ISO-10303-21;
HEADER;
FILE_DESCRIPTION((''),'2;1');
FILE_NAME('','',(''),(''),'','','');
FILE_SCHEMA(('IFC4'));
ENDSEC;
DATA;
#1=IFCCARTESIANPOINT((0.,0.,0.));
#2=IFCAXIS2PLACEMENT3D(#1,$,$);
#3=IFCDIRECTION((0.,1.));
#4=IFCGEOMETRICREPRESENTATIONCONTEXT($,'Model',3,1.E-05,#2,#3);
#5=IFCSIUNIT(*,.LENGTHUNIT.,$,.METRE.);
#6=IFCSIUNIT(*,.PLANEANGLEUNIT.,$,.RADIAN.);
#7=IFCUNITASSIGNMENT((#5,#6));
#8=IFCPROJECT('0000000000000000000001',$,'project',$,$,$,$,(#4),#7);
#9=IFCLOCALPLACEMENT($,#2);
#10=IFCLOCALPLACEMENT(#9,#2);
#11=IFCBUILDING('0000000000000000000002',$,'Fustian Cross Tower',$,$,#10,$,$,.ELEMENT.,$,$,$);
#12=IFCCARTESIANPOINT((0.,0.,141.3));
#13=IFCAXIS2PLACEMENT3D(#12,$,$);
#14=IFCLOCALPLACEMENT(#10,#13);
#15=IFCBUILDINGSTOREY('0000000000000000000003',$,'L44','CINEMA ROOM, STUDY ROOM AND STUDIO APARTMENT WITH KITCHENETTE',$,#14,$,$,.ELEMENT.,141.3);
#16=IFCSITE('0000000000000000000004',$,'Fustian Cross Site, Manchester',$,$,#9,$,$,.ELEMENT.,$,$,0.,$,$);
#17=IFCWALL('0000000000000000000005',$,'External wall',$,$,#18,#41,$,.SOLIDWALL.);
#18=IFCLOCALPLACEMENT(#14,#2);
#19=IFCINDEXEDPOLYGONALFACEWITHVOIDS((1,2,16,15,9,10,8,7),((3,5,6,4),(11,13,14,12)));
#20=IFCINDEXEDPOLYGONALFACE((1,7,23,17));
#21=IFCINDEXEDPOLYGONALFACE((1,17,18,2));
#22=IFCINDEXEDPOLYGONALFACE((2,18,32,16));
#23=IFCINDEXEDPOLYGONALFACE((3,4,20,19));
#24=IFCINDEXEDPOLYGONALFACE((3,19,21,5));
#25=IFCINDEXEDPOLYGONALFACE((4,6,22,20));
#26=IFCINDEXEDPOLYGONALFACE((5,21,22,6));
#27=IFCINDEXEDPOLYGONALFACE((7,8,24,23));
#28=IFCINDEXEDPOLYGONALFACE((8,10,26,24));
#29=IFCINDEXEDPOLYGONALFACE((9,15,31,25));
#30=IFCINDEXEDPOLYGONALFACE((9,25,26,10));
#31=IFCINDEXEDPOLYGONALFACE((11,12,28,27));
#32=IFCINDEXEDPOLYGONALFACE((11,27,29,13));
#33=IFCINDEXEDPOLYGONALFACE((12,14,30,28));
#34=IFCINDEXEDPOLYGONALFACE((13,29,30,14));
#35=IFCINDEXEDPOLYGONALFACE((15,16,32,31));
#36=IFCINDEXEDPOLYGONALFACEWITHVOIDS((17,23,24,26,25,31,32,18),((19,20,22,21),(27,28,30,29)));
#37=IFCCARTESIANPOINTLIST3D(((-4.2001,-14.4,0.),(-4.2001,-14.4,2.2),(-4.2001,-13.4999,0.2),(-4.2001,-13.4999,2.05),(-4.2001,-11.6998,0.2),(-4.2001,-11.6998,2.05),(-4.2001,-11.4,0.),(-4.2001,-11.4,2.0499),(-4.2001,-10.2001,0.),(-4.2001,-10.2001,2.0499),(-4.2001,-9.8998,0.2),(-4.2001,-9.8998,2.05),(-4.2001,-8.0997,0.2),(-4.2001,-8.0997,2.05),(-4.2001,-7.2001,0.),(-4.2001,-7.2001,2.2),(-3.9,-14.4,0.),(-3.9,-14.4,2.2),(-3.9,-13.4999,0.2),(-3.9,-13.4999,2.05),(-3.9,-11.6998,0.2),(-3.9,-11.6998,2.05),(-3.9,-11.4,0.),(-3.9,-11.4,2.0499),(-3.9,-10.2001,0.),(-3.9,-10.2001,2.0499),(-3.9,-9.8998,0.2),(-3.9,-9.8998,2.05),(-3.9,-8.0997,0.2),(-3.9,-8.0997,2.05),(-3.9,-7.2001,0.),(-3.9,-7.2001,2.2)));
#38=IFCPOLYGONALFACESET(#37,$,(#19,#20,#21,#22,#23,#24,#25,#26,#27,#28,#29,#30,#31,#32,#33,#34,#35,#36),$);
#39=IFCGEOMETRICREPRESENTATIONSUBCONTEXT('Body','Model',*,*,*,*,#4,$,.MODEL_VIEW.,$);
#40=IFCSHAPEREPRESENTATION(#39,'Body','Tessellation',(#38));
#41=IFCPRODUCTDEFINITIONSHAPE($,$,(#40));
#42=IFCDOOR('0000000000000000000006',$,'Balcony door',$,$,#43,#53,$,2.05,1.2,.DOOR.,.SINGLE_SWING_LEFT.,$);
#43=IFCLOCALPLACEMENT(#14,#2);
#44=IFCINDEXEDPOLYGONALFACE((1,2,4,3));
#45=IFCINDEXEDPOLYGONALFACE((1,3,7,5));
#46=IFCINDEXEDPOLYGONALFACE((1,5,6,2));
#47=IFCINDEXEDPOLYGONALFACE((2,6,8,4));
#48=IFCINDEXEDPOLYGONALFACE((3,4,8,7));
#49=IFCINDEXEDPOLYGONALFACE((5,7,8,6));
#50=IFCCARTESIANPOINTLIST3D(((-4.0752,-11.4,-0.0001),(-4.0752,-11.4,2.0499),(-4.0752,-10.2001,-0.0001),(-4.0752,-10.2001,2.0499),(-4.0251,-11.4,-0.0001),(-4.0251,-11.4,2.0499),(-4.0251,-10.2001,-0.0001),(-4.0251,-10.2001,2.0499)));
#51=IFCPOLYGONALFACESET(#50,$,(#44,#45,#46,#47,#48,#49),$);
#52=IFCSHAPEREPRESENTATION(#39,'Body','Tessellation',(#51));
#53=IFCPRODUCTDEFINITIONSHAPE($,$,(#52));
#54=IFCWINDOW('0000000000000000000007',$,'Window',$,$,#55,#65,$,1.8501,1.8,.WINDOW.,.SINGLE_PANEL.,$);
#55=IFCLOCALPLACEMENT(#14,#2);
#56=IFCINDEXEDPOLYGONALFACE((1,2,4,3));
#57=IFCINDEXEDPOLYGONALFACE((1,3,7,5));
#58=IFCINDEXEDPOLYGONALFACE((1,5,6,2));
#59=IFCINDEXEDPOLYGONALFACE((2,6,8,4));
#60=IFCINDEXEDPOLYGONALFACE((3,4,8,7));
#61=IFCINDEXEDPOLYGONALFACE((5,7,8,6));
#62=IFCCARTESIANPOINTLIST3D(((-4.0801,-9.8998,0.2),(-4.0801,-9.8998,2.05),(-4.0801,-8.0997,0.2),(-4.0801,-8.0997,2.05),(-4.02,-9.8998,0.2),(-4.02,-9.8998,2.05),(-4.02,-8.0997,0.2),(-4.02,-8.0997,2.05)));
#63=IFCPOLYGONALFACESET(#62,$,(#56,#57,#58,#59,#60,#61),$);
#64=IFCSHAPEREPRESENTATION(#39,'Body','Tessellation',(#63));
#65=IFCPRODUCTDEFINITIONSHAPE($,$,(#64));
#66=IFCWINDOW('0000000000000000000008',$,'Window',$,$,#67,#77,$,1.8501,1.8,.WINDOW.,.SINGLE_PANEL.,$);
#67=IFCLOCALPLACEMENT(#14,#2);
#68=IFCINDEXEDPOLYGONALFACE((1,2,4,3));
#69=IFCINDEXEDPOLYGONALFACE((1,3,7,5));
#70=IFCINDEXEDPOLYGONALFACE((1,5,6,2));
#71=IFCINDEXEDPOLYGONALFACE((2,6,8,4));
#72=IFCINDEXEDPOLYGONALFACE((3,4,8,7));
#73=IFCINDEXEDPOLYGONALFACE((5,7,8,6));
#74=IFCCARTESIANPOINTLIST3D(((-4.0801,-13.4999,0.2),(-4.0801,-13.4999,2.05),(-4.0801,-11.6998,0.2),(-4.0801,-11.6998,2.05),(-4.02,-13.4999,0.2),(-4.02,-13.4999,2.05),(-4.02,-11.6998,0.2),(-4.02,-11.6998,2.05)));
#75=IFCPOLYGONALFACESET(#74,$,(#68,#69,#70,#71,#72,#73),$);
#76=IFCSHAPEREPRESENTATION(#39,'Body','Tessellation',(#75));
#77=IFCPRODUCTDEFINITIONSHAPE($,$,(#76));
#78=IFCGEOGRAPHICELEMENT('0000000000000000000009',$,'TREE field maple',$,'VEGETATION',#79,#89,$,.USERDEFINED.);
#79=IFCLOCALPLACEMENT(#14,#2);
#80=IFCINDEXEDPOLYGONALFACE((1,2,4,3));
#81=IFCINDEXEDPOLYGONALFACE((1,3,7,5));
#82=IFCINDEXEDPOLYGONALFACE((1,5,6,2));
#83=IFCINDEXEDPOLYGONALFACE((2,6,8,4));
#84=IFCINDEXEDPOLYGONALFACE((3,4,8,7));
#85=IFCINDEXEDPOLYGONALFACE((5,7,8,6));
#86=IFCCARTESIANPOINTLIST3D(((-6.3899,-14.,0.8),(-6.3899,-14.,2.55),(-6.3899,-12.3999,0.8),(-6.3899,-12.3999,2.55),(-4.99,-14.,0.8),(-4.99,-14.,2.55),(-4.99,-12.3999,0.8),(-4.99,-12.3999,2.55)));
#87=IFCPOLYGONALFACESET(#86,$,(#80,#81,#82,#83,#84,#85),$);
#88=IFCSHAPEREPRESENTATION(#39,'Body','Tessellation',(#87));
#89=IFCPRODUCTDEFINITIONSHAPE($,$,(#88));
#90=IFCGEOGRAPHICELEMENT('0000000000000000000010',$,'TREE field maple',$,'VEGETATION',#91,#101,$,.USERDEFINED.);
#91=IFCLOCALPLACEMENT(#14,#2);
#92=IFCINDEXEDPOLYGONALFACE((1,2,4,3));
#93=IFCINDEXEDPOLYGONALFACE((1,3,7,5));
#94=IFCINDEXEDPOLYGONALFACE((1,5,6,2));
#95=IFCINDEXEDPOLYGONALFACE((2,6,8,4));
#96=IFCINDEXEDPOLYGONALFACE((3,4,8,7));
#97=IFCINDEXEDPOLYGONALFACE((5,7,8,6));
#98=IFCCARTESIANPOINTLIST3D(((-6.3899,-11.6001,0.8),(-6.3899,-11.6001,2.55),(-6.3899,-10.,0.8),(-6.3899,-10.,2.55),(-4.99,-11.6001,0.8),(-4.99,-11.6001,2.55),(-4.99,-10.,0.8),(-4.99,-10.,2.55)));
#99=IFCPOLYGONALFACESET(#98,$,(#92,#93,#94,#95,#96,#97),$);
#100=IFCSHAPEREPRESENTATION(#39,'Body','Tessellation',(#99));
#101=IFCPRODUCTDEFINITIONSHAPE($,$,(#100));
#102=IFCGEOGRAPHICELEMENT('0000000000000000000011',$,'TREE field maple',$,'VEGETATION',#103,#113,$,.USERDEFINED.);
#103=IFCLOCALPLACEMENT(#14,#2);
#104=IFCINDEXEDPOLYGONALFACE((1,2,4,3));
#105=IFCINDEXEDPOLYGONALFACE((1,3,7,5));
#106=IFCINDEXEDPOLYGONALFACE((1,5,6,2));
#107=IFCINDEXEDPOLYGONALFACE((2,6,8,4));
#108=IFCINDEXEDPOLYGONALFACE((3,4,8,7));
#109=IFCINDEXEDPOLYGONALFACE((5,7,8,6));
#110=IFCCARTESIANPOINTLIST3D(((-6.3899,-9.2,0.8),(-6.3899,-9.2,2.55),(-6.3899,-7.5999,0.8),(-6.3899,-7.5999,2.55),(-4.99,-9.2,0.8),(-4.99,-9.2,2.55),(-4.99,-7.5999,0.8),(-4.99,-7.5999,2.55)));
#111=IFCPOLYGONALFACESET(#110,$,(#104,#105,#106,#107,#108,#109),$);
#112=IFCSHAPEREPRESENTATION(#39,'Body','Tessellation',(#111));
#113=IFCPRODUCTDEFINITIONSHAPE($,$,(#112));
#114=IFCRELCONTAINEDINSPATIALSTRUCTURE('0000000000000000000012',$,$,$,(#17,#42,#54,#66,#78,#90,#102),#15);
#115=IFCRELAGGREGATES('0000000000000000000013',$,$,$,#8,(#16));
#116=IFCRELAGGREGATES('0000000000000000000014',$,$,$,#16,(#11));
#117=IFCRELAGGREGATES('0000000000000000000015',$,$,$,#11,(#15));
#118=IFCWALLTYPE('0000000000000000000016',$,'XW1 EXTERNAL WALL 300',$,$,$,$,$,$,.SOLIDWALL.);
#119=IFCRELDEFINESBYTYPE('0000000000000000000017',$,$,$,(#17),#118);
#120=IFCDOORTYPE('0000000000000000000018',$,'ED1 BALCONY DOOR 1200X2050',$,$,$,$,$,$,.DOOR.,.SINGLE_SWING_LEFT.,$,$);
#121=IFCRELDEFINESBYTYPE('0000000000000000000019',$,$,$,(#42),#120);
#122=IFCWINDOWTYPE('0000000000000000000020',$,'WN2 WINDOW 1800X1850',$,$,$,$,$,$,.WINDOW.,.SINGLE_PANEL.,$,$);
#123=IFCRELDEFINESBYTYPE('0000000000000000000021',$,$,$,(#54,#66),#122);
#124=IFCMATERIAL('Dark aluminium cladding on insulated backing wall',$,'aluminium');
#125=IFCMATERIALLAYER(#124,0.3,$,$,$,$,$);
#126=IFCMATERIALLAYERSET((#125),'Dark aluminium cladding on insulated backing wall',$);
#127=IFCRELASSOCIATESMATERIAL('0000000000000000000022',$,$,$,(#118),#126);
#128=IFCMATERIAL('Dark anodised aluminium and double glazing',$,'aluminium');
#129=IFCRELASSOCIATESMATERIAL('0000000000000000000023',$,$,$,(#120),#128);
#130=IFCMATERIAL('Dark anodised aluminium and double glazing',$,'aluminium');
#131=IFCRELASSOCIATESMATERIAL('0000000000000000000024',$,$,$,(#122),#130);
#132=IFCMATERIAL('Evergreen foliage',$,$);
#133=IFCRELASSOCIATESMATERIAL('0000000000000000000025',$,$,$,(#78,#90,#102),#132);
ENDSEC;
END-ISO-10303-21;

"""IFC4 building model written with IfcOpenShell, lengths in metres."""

from ifc_helpers import new_model, si_unit, direction, frame, frame_2d, origin, origin_2d, place, context, subcontext, project, spatial, rectangle, extrude, material, layer, layer_set, type_object, element, fill, save


model = new_model("IFC4")

# Units and contexts
model_context = context("Model", 3, precision=1e-05, world=origin(), true_north=direction((0.0, 1.0)))
body_context = subcontext(model_context, "Body", "Model", "MODEL_VIEW")
ifc_project = project(units=[si_unit("LENGTHUNIT", "METRE"), si_unit("PLANEANGLEUNIT", "RADIAN")], contexts=[model_context])

# Site, building, storey
site_placement = place(None, origin())
site = spatial("IfcSite", under=ifc_project, at=site_placement, Name="Fustian Cross Site, Manchester", CompositionType="ELEMENT", RefElevation=0.0)
building_placement = place(site_placement, origin())
building = spatial("IfcBuilding", under=site, at=building_placement, Name="Fustian Cross Tower", CompositionType="ELEMENT")
storey_placement = place(building_placement, frame((0.0, 0.0, 141.3)))
storey = spatial("IfcBuildingStorey", under=building, at=storey_placement, Name="L44", Description="CINEMA ROOM, STUDY ROOM AND STUDIO APARTMENT WITH KITCHENETTE", CompositionType="ELEMENT", Elevation=141.3)

# Shared definitions
ifc_material_1 = material(Name="Dark aluminium cladding on insulated backing wall", Category="aluminium")
ifc_layer_1 = layer(ifc_material_1, 0.3)
ifc_layer_set_1 = layer_set([ifc_layer_1], Name="Dark aluminium cladding on insulated backing wall")
wall_type_1 = type_object("IfcWallType", Name="XW1 EXTERNAL WALL 300", PredefinedType="SOLIDWALL", material=ifc_layer_set_1)

# Wall, openings, door, windows
wall_1_placement = place(storey_placement, frame((-4.05, -7.2, 0.0), z_axis=(0.0, 0.0, 1.0), x_axis=(0.0, -1.0, 0.0)))
wall_1 = element("IfcWall", 1, at=wall_1_placement, inside=storey, type_object=wall_type_1, Name="External wall", PredefinedType="SOLIDWALL", context=body_context, shape_type="SweptSolid", body=[
    extrude(rectangle(XDim=7.2, YDim=0.3, at=frame_2d((3.6001, 0.0))), origin(), (0.0, 0.0, 1.0), 2.2),
])
opening_1_placement = place(wall_1_placement, frame((3.0, 0.0, 0.0)))
opening_1 = element("IfcOpeningElement", 2, at=opening_1_placement, cuts=wall_1, PredefinedType="OPENING", context=body_context, shape_type="SweptSolid", body=[
    extrude(rectangle(XDim=1.2, YDim=2.05, at=frame_2d((0.6001, 1.0249))), frame((0.0, 0.1599, 0.0), z_axis=(0.0, -1.0, 0.0), x_axis=(1.0, 0.0, 0.0)), (0.0, 0.0, 1.0), 0.3201),
])
opening_2_placement = place(wall_1_placement, frame((0.8999, 0.0, 0.2)))
opening_2 = element("IfcOpeningElement", 3, at=opening_2_placement, cuts=wall_1, PredefinedType="OPENING", context=body_context, shape_type="SweptSolid", body=[
    extrude(rectangle(XDim=1.8, YDim=1.8501, at=frame_2d((0.8999, 0.925))), frame((0.0, 0.1599, 0.0), z_axis=(0.0, -1.0, 0.0), x_axis=(1.0, 0.0, 0.0)), (0.0, 0.0, 1.0), 0.3201),
])
opening_3_placement = place(wall_1_placement, frame((4.5, 0.0, 0.2)))
opening_3 = element("IfcOpeningElement", 4, at=opening_3_placement, cuts=wall_1, PredefinedType="OPENING", context=body_context, shape_type="SweptSolid", body=[
    extrude(rectangle(XDim=1.8, YDim=1.8501, at=frame_2d((0.8999, 0.925))), frame((0.0, 0.1599, 0.0), z_axis=(0.0, -1.0, 0.0), x_axis=(1.0, 0.0, 0.0)), (0.0, 0.0, 1.0), 0.3201),
])
ifc_material_2 = material(Name="Dark anodised aluminium and double glazing", Category="aluminium")
door_type_1 = type_object("IfcDoorType", Name="ED1 BALCONY DOOR 1200X2050", OperationType="SINGLE_SWING_LEFT", PredefinedType="DOOR", material=ifc_material_2)
door_1_placement = place(opening_1_placement, origin())
door_1 = element("IfcDoor", 5, at=door_1_placement, inside=storey, type_object=door_type_1, Name="Balcony door", OperationType="SINGLE_SWING_LEFT", OverallHeight=2.05, OverallWidth=1.2, PredefinedType="DOOR", context=body_context, shape_type="SweptSolid", body=[
    extrude(rectangle(XDim=1.2, YDim=2.05, at=frame_2d((0.6001, 1.0249))), frame((0.0, 0.0249, 0.0), z_axis=(0.0, -1.0, 0.0), x_axis=(1.0, 0.0, 0.0)), (0.0, 0.0, 1.0), 0.05),
])
fill(opening_1, door_1)
ifc_material_3 = material(Name="Dark anodised aluminium and double glazing", Category="aluminium")
window_type = type_object("IfcWindowType", Name="WN2 WINDOW 1800X1850", PartitioningType="SINGLE_PANEL", PredefinedType="WINDOW", material=ifc_material_3)
window_1_placement = place(opening_2_placement, origin())
window_1 = element("IfcWindow", 6, at=window_1_placement, inside=storey, type_object=window_type, Name="Window", OverallHeight=1.8501, OverallWidth=1.8, PartitioningType="SINGLE_PANEL", PredefinedType="WINDOW", context=body_context, shape_type="SweptSolid", body=[
    extrude(rectangle(XDim=1.8, YDim=1.8501, at=frame_2d((0.8999, 0.925))), frame((0.0, 0.03, 0.0), z_axis=(0.0, -1.0, 0.0), x_axis=(1.0, 0.0, 0.0)), (0.0, 0.0, 1.0), 0.0601),
])
fill(opening_2, window_1)
window_2_placement = place(opening_3_placement, origin())
window_2 = element("IfcWindow", 7, at=window_2_placement, inside=storey, type_object=window_type, Name="Window", OverallHeight=1.8501, OverallWidth=1.8, PartitioningType="SINGLE_PANEL", PredefinedType="WINDOW", context=body_context, shape_type="SweptSolid", body=[
    extrude(rectangle(XDim=1.8, YDim=1.8501, at=frame_2d((0.8999, 0.925))), frame((0.0, 0.03, 0.0), z_axis=(0.0, -1.0, 0.0), x_axis=(1.0, 0.0, 0.0)), (0.0, 0.0, 1.0), 0.0601),
])
fill(opening_3, window_2)

# Geographic elements
ifc_material_4 = material(Name="Evergreen foliage")
for number, where, z_axis, x_axis, name in (
    (8, (-5.6899, -13.2, 0.8), (0.0, 0.0, 1.0), (1.0, 0.0, 0.0), "TREE field maple"),
    (9, (-5.6899, -10.8, 0.8), (0.0, 0.0, 1.0), (1.0, 0.0, 0.0), "TREE field maple"),
    (10, (-5.6899, -8.3999, 0.8), (0.0, 0.0, 1.0), (1.0, 0.0, 0.0), "TREE field maple"),
):
    element("IfcGeographicElement", number, at=place(storey_placement, frame(where, z_axis=z_axis, x_axis=x_axis)), inside=storey, material=ifc_material_4, Name=name, ObjectType="VEGETATION", PredefinedType="USERDEFINED", context=body_context, shape_type="SweptSolid", body=[
        extrude(rectangle(XDim=1.3999, YDim=1.6001, at=origin_2d()), origin(), (0.0, 0.0, 1.0), 1.75),
    ])

save(model, "model.ifc")
